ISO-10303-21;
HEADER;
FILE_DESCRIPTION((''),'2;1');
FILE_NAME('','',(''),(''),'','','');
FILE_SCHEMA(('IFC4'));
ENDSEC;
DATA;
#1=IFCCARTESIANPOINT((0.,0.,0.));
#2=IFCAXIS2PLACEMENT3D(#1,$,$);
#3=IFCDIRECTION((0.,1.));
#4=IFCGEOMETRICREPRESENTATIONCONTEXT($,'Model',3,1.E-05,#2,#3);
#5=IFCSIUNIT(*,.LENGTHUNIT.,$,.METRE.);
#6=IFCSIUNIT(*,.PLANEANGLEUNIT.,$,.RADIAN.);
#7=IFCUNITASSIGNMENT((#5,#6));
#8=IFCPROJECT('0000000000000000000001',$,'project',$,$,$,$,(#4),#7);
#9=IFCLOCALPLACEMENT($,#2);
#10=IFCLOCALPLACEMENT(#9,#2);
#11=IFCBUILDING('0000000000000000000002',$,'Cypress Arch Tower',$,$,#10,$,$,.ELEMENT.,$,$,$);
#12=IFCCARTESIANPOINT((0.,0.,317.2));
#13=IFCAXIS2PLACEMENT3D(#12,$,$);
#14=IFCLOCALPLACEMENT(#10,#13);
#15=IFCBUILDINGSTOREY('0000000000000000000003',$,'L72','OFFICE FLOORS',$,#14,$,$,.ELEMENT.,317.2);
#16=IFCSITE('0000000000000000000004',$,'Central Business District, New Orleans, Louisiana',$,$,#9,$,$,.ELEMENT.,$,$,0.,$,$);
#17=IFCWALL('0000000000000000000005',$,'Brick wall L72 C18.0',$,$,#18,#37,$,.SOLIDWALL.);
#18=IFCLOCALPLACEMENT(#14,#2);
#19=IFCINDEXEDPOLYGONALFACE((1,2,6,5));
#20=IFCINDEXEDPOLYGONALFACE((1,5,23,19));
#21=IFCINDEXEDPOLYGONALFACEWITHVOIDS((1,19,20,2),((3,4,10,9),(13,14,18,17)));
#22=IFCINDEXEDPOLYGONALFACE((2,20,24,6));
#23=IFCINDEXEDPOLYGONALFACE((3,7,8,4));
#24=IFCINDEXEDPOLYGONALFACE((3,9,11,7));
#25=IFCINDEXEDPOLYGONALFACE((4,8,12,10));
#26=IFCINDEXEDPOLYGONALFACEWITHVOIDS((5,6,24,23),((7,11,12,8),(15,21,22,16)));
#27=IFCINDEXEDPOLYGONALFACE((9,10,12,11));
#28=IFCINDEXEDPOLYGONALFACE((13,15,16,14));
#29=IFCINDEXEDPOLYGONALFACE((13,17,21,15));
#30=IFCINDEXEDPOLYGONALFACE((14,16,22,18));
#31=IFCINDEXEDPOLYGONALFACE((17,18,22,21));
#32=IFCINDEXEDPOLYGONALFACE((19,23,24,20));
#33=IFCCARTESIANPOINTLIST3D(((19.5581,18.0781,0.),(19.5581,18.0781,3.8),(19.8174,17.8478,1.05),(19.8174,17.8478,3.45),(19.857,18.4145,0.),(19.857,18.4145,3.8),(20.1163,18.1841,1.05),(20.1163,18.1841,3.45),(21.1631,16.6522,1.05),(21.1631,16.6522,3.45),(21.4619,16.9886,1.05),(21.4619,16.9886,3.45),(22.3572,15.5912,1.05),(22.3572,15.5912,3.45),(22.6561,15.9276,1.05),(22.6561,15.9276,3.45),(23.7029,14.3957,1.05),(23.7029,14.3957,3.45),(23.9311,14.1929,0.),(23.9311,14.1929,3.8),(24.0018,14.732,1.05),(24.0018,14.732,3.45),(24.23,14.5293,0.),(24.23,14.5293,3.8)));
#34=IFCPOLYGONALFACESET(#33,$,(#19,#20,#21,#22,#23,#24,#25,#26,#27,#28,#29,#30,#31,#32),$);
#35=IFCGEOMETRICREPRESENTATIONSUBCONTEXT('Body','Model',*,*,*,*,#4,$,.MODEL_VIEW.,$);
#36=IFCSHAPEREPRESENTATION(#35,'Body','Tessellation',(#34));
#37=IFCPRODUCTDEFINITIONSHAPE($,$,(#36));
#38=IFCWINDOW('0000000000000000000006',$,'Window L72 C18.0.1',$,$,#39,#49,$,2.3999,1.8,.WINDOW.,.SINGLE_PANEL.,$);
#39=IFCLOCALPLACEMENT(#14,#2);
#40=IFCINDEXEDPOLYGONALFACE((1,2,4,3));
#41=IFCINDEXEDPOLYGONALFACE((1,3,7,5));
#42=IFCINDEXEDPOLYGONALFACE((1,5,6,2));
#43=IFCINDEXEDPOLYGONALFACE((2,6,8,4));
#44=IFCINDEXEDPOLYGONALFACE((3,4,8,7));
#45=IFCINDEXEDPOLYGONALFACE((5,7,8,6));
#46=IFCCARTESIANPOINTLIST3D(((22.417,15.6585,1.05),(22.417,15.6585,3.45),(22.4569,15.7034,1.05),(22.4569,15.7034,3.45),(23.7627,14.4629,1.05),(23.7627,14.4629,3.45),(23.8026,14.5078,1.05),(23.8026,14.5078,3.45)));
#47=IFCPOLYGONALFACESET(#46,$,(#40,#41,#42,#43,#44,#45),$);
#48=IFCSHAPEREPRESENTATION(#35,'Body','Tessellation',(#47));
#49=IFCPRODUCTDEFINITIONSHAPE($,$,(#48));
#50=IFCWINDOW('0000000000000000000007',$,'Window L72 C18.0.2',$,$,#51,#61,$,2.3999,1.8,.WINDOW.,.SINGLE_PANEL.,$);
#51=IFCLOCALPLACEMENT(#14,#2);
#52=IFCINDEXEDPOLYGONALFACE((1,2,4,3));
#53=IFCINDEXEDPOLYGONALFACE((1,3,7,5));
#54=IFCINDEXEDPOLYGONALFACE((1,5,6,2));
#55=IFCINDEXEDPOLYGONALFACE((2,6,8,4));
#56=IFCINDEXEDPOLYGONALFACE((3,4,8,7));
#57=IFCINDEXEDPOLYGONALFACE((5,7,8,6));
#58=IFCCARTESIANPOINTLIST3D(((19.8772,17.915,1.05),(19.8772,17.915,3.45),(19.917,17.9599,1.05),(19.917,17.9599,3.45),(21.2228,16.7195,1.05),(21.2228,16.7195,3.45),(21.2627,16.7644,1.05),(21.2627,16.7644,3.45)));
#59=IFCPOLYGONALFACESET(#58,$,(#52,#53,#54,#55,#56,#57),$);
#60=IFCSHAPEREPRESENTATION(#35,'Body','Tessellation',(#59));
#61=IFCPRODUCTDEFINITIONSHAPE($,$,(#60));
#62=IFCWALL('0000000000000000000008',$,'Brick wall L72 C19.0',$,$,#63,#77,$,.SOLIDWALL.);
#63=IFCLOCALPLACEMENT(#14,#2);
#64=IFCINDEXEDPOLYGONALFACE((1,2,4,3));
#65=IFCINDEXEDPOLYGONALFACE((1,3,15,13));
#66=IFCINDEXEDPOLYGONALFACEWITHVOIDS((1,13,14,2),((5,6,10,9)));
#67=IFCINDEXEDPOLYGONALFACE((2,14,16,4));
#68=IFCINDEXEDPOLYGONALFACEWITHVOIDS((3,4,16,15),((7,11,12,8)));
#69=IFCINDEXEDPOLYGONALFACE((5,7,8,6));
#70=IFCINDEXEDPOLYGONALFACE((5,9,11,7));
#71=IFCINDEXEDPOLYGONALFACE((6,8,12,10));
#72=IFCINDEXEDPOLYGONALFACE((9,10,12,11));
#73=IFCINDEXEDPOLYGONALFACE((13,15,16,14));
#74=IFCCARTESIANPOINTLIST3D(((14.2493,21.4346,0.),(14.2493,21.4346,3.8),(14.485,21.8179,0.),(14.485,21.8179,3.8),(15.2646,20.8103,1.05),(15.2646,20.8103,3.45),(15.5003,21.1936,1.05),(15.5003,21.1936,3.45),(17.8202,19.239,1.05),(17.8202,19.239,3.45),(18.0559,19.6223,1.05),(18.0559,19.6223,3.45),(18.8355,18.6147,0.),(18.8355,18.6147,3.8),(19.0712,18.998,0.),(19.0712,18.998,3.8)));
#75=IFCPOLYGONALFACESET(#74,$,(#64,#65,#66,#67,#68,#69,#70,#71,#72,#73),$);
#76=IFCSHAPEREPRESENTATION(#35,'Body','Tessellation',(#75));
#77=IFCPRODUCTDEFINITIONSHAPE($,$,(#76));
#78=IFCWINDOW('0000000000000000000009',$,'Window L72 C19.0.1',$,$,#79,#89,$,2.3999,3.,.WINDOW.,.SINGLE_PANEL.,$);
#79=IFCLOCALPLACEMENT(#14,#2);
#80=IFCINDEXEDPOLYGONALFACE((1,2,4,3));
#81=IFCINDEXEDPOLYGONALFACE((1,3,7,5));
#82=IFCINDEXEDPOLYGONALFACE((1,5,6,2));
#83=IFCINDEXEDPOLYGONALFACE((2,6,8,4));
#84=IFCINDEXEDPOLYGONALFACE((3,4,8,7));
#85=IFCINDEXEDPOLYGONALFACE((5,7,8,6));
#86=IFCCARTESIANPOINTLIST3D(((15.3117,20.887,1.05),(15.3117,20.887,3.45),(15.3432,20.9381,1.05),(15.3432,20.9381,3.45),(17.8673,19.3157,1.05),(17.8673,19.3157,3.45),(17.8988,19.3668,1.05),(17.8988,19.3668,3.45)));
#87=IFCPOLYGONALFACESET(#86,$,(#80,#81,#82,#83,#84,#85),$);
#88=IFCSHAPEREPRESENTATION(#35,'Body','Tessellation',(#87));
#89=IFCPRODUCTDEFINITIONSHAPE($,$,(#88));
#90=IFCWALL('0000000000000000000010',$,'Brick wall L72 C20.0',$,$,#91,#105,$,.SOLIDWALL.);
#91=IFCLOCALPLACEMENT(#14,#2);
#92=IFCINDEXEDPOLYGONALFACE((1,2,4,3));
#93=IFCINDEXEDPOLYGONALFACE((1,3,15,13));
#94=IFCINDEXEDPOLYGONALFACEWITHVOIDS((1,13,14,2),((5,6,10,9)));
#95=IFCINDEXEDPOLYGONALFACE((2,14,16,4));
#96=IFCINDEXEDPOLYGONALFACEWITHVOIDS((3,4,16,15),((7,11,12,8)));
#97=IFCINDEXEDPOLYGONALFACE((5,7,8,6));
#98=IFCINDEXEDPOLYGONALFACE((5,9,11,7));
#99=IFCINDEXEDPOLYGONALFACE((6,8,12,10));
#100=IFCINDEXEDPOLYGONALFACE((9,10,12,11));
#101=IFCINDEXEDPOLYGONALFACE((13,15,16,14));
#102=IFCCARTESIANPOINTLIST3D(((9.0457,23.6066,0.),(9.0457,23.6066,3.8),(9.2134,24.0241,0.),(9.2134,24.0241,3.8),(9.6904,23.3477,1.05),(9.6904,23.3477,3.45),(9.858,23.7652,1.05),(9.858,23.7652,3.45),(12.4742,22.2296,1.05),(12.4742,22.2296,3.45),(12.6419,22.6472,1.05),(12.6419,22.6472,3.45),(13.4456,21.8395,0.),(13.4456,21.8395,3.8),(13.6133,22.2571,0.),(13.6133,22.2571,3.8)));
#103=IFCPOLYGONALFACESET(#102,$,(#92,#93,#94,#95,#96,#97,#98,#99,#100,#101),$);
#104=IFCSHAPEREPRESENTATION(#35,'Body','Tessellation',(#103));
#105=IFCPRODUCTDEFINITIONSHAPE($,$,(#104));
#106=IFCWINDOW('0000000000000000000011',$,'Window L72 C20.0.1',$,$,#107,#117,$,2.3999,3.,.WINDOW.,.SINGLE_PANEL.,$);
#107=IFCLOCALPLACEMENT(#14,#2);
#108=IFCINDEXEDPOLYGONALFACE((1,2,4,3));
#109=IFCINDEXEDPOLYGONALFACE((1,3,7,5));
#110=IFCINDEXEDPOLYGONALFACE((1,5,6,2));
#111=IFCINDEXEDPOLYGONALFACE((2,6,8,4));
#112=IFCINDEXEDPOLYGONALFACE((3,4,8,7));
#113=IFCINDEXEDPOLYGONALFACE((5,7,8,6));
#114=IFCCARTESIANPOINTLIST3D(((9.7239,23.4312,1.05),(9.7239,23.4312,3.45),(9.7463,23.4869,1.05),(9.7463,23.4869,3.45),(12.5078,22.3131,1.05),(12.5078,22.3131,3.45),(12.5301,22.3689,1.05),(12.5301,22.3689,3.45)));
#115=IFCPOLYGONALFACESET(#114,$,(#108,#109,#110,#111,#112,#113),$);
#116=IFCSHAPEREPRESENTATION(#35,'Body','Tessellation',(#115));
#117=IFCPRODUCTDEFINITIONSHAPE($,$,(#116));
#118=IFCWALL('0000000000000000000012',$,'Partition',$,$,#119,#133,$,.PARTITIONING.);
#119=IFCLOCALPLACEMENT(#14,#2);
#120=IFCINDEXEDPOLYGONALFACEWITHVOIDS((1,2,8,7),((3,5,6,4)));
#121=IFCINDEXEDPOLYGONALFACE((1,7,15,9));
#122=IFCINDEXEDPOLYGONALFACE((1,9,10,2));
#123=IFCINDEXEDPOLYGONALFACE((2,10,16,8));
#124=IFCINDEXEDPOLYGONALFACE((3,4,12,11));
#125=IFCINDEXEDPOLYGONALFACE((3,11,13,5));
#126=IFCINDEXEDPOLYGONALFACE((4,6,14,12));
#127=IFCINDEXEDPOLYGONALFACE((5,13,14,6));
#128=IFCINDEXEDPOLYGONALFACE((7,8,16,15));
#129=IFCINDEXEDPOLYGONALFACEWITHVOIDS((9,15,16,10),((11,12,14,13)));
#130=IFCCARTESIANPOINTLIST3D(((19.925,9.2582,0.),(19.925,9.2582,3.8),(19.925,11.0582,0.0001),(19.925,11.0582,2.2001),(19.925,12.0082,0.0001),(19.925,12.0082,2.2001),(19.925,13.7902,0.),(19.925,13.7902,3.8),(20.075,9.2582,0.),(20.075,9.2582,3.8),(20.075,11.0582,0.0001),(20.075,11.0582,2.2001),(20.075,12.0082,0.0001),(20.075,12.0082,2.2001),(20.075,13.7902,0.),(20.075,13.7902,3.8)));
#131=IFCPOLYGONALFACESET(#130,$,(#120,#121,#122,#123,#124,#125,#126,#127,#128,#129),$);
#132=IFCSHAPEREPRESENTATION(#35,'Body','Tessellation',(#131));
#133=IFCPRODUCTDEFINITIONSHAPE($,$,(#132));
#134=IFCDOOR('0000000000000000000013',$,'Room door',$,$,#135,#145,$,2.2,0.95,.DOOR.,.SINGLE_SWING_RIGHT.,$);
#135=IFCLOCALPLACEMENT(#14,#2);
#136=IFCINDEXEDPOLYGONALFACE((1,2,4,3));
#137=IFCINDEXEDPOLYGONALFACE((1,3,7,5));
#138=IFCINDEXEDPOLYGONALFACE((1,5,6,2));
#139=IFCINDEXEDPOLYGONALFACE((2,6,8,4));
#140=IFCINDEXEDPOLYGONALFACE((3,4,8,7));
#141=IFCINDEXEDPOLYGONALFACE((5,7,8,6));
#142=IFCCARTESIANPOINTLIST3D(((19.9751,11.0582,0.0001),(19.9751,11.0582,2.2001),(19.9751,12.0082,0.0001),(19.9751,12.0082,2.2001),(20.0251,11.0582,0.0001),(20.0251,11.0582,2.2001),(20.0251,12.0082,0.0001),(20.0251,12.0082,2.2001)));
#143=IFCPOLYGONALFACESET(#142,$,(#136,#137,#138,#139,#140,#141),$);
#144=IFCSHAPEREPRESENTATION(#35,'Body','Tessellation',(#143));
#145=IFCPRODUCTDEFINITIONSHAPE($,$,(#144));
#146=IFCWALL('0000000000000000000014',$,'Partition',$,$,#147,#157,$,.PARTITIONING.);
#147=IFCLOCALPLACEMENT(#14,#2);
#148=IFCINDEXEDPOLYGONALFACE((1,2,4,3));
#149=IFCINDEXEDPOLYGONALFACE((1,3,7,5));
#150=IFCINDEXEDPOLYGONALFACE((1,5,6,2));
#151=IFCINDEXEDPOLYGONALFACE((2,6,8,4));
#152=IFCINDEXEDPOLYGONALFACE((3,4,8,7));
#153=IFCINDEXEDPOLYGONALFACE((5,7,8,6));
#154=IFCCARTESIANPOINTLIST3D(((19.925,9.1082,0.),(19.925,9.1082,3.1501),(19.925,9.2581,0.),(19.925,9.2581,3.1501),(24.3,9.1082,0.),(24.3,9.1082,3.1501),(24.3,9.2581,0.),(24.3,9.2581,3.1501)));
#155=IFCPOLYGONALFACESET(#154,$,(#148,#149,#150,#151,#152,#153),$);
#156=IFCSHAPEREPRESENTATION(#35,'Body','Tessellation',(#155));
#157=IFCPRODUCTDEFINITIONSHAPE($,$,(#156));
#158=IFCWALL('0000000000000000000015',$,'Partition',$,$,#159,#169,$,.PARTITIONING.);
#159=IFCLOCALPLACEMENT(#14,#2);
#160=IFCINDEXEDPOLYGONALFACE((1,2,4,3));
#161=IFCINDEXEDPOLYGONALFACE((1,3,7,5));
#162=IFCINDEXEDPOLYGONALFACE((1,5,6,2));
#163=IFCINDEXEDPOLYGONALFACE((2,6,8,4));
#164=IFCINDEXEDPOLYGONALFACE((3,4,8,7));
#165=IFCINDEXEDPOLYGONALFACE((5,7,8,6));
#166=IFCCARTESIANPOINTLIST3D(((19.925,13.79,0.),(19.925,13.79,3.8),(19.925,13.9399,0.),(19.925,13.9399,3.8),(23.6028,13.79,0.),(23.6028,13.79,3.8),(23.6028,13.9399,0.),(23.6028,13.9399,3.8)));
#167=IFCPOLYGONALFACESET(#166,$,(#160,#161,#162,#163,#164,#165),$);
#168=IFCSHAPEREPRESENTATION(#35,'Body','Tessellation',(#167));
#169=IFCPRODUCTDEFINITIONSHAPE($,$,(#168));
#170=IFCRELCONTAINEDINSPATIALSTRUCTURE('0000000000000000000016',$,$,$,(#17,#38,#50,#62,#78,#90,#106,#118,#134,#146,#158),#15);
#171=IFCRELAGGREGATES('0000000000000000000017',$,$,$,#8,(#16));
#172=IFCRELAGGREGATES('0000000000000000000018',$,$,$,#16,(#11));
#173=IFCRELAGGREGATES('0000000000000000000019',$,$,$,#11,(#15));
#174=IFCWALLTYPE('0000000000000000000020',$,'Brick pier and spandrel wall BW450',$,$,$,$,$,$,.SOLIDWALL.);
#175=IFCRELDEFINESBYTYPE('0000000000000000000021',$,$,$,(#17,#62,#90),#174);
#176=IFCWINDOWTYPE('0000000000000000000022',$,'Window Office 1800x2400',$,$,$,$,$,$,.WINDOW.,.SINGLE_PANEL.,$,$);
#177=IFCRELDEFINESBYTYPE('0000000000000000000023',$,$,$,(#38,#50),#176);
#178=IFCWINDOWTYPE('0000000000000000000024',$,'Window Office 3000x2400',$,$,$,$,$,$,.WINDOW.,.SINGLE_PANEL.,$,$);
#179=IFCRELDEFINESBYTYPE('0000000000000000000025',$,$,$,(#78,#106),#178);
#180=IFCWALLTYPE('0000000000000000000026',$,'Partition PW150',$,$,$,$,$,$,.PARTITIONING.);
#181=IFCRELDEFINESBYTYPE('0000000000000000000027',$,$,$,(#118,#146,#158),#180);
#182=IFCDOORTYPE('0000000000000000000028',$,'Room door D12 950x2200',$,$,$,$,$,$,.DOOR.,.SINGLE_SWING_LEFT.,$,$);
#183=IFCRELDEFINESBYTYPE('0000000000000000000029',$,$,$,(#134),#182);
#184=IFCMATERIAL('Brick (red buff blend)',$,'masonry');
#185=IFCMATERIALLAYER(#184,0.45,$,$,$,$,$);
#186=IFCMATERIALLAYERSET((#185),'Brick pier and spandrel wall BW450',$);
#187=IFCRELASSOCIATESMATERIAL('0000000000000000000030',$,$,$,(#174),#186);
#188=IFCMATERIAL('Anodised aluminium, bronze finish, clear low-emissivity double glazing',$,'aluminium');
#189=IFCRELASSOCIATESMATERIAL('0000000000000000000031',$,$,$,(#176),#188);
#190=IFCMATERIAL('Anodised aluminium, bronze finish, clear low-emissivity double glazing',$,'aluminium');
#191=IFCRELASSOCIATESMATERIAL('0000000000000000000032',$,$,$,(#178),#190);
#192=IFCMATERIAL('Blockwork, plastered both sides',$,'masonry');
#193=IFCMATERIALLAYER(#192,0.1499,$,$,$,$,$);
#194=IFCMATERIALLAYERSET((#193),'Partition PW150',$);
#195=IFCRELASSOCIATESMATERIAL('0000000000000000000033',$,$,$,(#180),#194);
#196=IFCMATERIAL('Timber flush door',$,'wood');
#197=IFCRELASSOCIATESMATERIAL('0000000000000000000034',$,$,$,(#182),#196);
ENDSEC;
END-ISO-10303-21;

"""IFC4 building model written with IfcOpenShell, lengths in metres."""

from ifc_helpers import new_model, si_unit, direction, frame, frame_2d, origin, place, context, subcontext, project, spatial, rectangle, extrude, material, layer, layer_set, type_object, element, fill, save


model = new_model("IFC4")

# Units and contexts
model_context = context("Model", 3, precision=1e-05, world=origin(), true_north=direction((0.0, 1.0)))
body_context = subcontext(model_context, "Body", "Model", "MODEL_VIEW")
ifc_project = project(units=[si_unit("LENGTHUNIT", "METRE"), si_unit("PLANEANGLEUNIT", "RADIAN")], contexts=[model_context])

# Site, building, storey
site_placement = place(None, origin())
site = spatial("IfcSite", under=ifc_project, at=site_placement, Name="Central Business District, New Orleans, Louisiana", CompositionType="ELEMENT", RefElevation=0.0)
building_placement = place(site_placement, origin())
building = spatial("IfcBuilding", under=site, at=building_placement, Name="Cypress Arch Tower", CompositionType="ELEMENT")
storey_placement = place(building_placement, frame((0.0, 0.0, 317.2)))
storey = spatial("IfcBuildingStorey", under=building, at=storey_placement, Name="L72", Description="OFFICE FLOORS", CompositionType="ELEMENT", Elevation=317.2)

# Wall, openings, windows
ifc_material_1 = material(Name="Brick (red buff blend)", Category="masonry")
ifc_layer_1 = layer(ifc_material_1, 0.45)
ifc_layer_set_1 = layer_set([ifc_layer_1], Name="Brick pier and spandrel wall BW450")
wall_type_1 = type_object("IfcWallType", Name="Brick pier and spandrel wall BW450", PredefinedType="SOLIDWALL", material=ifc_layer_set_1)
wall_1_placement = place(storey_placement, frame((24.0806, 14.3611, 0.0), z_axis=(0.0, 0.0, 1.0), x_axis=(-0.74757, 0.664182, 0.0)))
wall_1 = element("IfcWall", 1, at=wall_1_placement, inside=storey, type_object=wall_type_1, Name="Brick wall L72 C18.0", PredefinedType="SOLIDWALL", context=body_context, shape_type="SweptSolid", body=[
    extrude(rectangle(XDim=5.8496, YDim=0.45, at=frame_2d((2.9248, 0.0))), origin(), (0.0, 0.0, 1.0), 3.8),
])
opening_1_placement = place(wall_1_placement, frame((0.3054, 0.0, 1.05)))
opening_1 = element("IfcOpeningElement", 2, at=opening_1_placement, cuts=wall_1, PredefinedType="OPENING", context=body_context, shape_type="SweptSolid", body=[
    extrude(rectangle(XDim=1.8, YDim=2.3999, at=frame_2d((0.8999, 1.2))), frame((0.0, 0.2349, 0.0), z_axis=(0.0, -1.0, 0.0), x_axis=(1.0, 0.0, 0.0)), (0.0, 0.0, 1.0), 0.47),
])
opening_2_placement = place(wall_1_placement, frame((3.7029, 0.0, 1.05)))
opening_2 = element("IfcOpeningElement", 3, at=opening_2_placement, cuts=wall_1, PredefinedType="OPENING", context=body_context, shape_type="SweptSolid", body=[
    extrude(rectangle(XDim=1.8, YDim=2.3999, at=frame_2d((0.8999, 1.2))), frame((0.0, 0.2349, 0.0), z_axis=(0.0, -1.0, 0.0), x_axis=(1.0, 0.0, 0.0)), (0.0, 0.0, 1.0), 0.47),
])
ifc_material_2 = material(Name="Anodised aluminium, bronze finish, clear low-emissivity double glazing", Category="aluminium")
window_type_1 = type_object("IfcWindowType", Name="Window Office 1800x2400", PartitioningType="SINGLE_PANEL", PredefinedType="WINDOW", material=ifc_material_2)
window_1_placement = place(opening_1_placement, origin())
window_1 = element("IfcWindow", 4, at=window_1_placement, inside=storey, type_object=window_type_1, Name="Window L72 C18.0.1", OverallHeight=2.3999, OverallWidth=1.8, PartitioningType="SINGLE_PANEL", PredefinedType="WINDOW", context=body_context, shape_type="SweptSolid", body=[
    extrude(rectangle(XDim=1.8, YDim=2.3999, at=frame_2d((0.8999, 1.2))), frame((0.0, 0.135, 0.0), z_axis=(0.0, -1.0, 0.0), x_axis=(1.0, 0.0, 0.0)), (0.0, 0.0, 1.0), 0.0601),
])
fill(opening_1, window_1)
window_2_placement = place(opening_2_placement, origin())
window_2 = element("IfcWindow", 5, at=window_2_placement, inside=storey, type_object=window_type_1, Name="Window L72 C18.0.2", OverallHeight=2.3999, OverallWidth=1.8, PartitioningType="SINGLE_PANEL", PredefinedType="WINDOW", context=body_context, shape_type="SweptSolid", body=[
    extrude(rectangle(XDim=1.8, YDim=2.3999, at=frame_2d((0.8999, 1.2))), frame((0.0, 0.135, 0.0), z_axis=(0.0, -1.0, 0.0), x_axis=(1.0, 0.0, 0.0)), (0.0, 0.0, 1.0), 0.0601),
])
fill(opening_2, window_2)

# Walls, openings, windows
wall_2_placement = place(storey_placement, frame((18.9534, 18.8064, 0.0), z_axis=(0.0, 0.0, 1.0), x_axis=(-0.851861, 0.523768, 0.0)))
wall_2 = element("IfcWall", 6, at=wall_2_placement, inside=storey, type_object=wall_type_1, Name="Brick wall L72 C19.0", PredefinedType="SOLIDWALL", context=body_context, shape_type="SweptSolid", body=[
    extrude(rectangle(XDim=5.3838, YDim=0.45, at=frame_2d((2.6919, 0.0))), origin(), (0.0, 0.0, 1.0), 3.8),
])
opening_3_placement = place(wall_2_placement, frame((1.1919, 0.0, 1.05)))
opening_3 = element("IfcOpeningElement", 7, at=opening_3_placement, cuts=wall_2, PredefinedType="OPENING", context=body_context, shape_type="SweptSolid", body=[
    extrude(rectangle(XDim=3.0, YDim=2.3999, at=frame_2d((1.5, 1.2))), frame((0.0, 0.2349, 0.0), z_axis=(0.0, -1.0, 0.0), x_axis=(1.0, 0.0, 0.0)), (0.0, 0.0, 1.0), 0.47),
])
ifc_material_3 = material(Name="Anodised aluminium, bronze finish, clear low-emissivity double glazing", Category="aluminium")
window_type_2 = type_object("IfcWindowType", Name="Window Office 3000x2400", PartitioningType="SINGLE_PANEL", PredefinedType="WINDOW", material=ifc_material_3)
window_3_placement = place(opening_3_placement, origin())
window_3 = element("IfcWindow", 8, at=window_3_placement, inside=storey, type_object=window_type_2, Name="Window L72 C19.0.1", OverallHeight=2.3999, OverallWidth=3.0, PartitioningType="SINGLE_PANEL", PredefinedType="WINDOW", context=body_context, shape_type="SweptSolid", body=[
    extrude(rectangle(XDim=3.0, YDim=2.3999, at=frame_2d((1.5, 1.2))), frame((0.0, 0.135, 0.0), z_axis=(0.0, -1.0, 0.0), x_axis=(1.0, 0.0, 0.0)), (0.0, 0.0, 1.0), 0.0601),
])
fill(opening_3, window_3)
wall_3_placement = place(storey_placement, frame((13.5293, 22.0483, 0.0), z_axis=(0.0, 0.0, 1.0), x_axis=(-0.927957, 0.372686, 0.0)))
wall_3 = element("IfcWall", 9, at=wall_3_placement, inside=storey, type_object=wall_type_1, Name="Brick wall L72 C20.0", PredefinedType="SOLIDWALL", context=body_context, shape_type="SweptSolid", body=[
    extrude(rectangle(XDim=4.7415, YDim=0.45, at=frame_2d((2.3706, 0.0))), origin(), (0.0, 0.0, 1.0), 3.8),
])
opening_4_placement = place(wall_3_placement, frame((1.0466, 0.0, 1.05)))
opening_4 = element("IfcOpeningElement", 10, at=opening_4_placement, cuts=wall_3, PredefinedType="OPENING", context=body_context, shape_type="SweptSolid", body=[
    extrude(rectangle(XDim=3.0, YDim=2.3999, at=frame_2d((1.5, 1.2))), frame((0.0, 0.2349, 0.0), z_axis=(0.0, -1.0, 0.0), x_axis=(1.0, 0.0, 0.0)), (0.0, 0.0, 1.0), 0.47),
])
window_4_placement = place(opening_4_placement, origin())
window_4 = element("IfcWindow", 11, at=window_4_placement, inside=storey, type_object=window_type_2, Name="Window L72 C20.0.1", OverallHeight=2.3999, OverallWidth=3.0, PartitioningType="SINGLE_PANEL", PredefinedType="WINDOW", context=body_context, shape_type="SweptSolid", body=[
    extrude(rectangle(XDim=3.0, YDim=2.3999, at=frame_2d((1.5, 1.2))), frame((0.0, 0.135, 0.0), z_axis=(0.0, -1.0, 0.0), x_axis=(1.0, 0.0, 0.0)), (0.0, 0.0, 1.0), 0.0601),
])
fill(opening_4, window_4)

# Wall, opening, door
ifc_material_4 = material(Name="Blockwork, plastered both sides", Category="masonry")
ifc_layer_2 = layer(ifc_material_4, 0.1499)
ifc_layer_set_2 = layer_set([ifc_layer_2], Name="Partition PW150")
wall_type_2 = type_object("IfcWallType", Name="Partition PW150", PredefinedType="PARTITIONING", material=ifc_layer_set_2)
wall_4_placement = place(storey_placement, frame((20.0, 9.2581, 0.0), z_axis=(0.0, 0.0, 1.0), x_axis=(0.0, 1.0, 0.0)))
wall_4 = element("IfcWall", 12, at=wall_4_placement, inside=storey, type_object=wall_type_2, Name="Partition", PredefinedType="PARTITIONING", context=body_context, shape_type="SweptSolid", body=[
    extrude(rectangle(XDim=4.532, YDim=0.1499, at=frame_2d((2.2661, 0.0))), origin(), (0.0, 0.0, 1.0), 3.8),
])
opening_5_placement = place(wall_4_placement, frame((1.8, 0.0, 0.0)))
opening_5 = element("IfcOpeningElement", 13, at=opening_5_placement, cuts=wall_4, PredefinedType="OPENING", context=body_context, shape_type="SweptSolid", body=[
    extrude(rectangle(XDim=0.95, YDim=2.2, at=frame_2d((0.4751, 1.1001))), frame((0.0, 0.085, 0.0), z_axis=(0.0, -1.0, 0.0), x_axis=(1.0, 0.0, 0.0)), (0.0, 0.0, 1.0), 0.1699),
])
ifc_material_5 = material(Name="Timber flush door", Category="wood")
door_type_1 = type_object("IfcDoorType", Name="Room door D12 950x2200", OperationType="SINGLE_SWING_LEFT", PredefinedType="DOOR", material=ifc_material_5)
door_1_placement = place(opening_5_placement, origin())
door_1 = element("IfcDoor", 14, at=door_1_placement, inside=storey, type_object=door_type_1, Name="Room door", OperationType="SINGLE_SWING_RIGHT", OverallHeight=2.2, OverallWidth=0.95, PredefinedType="DOOR", context=body_context, shape_type="SweptSolid", body=[
    extrude(rectangle(XDim=0.95, YDim=2.2, at=frame_2d((0.4751, 1.1001))), frame((0.0, 0.0249, 0.0), z_axis=(0.0, -1.0, 0.0), x_axis=(1.0, 0.0, 0.0)), (0.0, 0.0, 1.0), 0.05),
])
fill(opening_5, door_1)

# Walls
wall_5_placement = place(storey_placement, frame((19.925, 9.1831, 0.0), z_axis=(0.0, 0.0, 1.0), x_axis=(1.0, 0.0, 0.0)))
element("IfcWall", 15, at=wall_5_placement, inside=storey, type_object=wall_type_2, Name="Partition", PredefinedType="PARTITIONING", context=body_context, shape_type="SweptSolid", body=[
    extrude(rectangle(XDim=4.375, YDim=0.1499, at=frame_2d((2.1875, 0.0))), origin(), (0.0, 0.0, 1.0), 3.1501),
])
wall_6_placement = place(storey_placement, frame((19.925, 13.865, 0.0), z_axis=(0.0, 0.0, 1.0), x_axis=(1.0, 0.0, 0.0)))
element("IfcWall", 16, at=wall_6_placement, inside=storey, type_object=wall_type_2, Name="Partition", PredefinedType="PARTITIONING", context=body_context, shape_type="SweptSolid", body=[
    extrude(rectangle(XDim=3.6777, YDim=0.1499, at=frame_2d((1.8389, 0.0))), origin(), (0.0, 0.0, 1.0), 3.8),
])

save(model, "model.ifc")
